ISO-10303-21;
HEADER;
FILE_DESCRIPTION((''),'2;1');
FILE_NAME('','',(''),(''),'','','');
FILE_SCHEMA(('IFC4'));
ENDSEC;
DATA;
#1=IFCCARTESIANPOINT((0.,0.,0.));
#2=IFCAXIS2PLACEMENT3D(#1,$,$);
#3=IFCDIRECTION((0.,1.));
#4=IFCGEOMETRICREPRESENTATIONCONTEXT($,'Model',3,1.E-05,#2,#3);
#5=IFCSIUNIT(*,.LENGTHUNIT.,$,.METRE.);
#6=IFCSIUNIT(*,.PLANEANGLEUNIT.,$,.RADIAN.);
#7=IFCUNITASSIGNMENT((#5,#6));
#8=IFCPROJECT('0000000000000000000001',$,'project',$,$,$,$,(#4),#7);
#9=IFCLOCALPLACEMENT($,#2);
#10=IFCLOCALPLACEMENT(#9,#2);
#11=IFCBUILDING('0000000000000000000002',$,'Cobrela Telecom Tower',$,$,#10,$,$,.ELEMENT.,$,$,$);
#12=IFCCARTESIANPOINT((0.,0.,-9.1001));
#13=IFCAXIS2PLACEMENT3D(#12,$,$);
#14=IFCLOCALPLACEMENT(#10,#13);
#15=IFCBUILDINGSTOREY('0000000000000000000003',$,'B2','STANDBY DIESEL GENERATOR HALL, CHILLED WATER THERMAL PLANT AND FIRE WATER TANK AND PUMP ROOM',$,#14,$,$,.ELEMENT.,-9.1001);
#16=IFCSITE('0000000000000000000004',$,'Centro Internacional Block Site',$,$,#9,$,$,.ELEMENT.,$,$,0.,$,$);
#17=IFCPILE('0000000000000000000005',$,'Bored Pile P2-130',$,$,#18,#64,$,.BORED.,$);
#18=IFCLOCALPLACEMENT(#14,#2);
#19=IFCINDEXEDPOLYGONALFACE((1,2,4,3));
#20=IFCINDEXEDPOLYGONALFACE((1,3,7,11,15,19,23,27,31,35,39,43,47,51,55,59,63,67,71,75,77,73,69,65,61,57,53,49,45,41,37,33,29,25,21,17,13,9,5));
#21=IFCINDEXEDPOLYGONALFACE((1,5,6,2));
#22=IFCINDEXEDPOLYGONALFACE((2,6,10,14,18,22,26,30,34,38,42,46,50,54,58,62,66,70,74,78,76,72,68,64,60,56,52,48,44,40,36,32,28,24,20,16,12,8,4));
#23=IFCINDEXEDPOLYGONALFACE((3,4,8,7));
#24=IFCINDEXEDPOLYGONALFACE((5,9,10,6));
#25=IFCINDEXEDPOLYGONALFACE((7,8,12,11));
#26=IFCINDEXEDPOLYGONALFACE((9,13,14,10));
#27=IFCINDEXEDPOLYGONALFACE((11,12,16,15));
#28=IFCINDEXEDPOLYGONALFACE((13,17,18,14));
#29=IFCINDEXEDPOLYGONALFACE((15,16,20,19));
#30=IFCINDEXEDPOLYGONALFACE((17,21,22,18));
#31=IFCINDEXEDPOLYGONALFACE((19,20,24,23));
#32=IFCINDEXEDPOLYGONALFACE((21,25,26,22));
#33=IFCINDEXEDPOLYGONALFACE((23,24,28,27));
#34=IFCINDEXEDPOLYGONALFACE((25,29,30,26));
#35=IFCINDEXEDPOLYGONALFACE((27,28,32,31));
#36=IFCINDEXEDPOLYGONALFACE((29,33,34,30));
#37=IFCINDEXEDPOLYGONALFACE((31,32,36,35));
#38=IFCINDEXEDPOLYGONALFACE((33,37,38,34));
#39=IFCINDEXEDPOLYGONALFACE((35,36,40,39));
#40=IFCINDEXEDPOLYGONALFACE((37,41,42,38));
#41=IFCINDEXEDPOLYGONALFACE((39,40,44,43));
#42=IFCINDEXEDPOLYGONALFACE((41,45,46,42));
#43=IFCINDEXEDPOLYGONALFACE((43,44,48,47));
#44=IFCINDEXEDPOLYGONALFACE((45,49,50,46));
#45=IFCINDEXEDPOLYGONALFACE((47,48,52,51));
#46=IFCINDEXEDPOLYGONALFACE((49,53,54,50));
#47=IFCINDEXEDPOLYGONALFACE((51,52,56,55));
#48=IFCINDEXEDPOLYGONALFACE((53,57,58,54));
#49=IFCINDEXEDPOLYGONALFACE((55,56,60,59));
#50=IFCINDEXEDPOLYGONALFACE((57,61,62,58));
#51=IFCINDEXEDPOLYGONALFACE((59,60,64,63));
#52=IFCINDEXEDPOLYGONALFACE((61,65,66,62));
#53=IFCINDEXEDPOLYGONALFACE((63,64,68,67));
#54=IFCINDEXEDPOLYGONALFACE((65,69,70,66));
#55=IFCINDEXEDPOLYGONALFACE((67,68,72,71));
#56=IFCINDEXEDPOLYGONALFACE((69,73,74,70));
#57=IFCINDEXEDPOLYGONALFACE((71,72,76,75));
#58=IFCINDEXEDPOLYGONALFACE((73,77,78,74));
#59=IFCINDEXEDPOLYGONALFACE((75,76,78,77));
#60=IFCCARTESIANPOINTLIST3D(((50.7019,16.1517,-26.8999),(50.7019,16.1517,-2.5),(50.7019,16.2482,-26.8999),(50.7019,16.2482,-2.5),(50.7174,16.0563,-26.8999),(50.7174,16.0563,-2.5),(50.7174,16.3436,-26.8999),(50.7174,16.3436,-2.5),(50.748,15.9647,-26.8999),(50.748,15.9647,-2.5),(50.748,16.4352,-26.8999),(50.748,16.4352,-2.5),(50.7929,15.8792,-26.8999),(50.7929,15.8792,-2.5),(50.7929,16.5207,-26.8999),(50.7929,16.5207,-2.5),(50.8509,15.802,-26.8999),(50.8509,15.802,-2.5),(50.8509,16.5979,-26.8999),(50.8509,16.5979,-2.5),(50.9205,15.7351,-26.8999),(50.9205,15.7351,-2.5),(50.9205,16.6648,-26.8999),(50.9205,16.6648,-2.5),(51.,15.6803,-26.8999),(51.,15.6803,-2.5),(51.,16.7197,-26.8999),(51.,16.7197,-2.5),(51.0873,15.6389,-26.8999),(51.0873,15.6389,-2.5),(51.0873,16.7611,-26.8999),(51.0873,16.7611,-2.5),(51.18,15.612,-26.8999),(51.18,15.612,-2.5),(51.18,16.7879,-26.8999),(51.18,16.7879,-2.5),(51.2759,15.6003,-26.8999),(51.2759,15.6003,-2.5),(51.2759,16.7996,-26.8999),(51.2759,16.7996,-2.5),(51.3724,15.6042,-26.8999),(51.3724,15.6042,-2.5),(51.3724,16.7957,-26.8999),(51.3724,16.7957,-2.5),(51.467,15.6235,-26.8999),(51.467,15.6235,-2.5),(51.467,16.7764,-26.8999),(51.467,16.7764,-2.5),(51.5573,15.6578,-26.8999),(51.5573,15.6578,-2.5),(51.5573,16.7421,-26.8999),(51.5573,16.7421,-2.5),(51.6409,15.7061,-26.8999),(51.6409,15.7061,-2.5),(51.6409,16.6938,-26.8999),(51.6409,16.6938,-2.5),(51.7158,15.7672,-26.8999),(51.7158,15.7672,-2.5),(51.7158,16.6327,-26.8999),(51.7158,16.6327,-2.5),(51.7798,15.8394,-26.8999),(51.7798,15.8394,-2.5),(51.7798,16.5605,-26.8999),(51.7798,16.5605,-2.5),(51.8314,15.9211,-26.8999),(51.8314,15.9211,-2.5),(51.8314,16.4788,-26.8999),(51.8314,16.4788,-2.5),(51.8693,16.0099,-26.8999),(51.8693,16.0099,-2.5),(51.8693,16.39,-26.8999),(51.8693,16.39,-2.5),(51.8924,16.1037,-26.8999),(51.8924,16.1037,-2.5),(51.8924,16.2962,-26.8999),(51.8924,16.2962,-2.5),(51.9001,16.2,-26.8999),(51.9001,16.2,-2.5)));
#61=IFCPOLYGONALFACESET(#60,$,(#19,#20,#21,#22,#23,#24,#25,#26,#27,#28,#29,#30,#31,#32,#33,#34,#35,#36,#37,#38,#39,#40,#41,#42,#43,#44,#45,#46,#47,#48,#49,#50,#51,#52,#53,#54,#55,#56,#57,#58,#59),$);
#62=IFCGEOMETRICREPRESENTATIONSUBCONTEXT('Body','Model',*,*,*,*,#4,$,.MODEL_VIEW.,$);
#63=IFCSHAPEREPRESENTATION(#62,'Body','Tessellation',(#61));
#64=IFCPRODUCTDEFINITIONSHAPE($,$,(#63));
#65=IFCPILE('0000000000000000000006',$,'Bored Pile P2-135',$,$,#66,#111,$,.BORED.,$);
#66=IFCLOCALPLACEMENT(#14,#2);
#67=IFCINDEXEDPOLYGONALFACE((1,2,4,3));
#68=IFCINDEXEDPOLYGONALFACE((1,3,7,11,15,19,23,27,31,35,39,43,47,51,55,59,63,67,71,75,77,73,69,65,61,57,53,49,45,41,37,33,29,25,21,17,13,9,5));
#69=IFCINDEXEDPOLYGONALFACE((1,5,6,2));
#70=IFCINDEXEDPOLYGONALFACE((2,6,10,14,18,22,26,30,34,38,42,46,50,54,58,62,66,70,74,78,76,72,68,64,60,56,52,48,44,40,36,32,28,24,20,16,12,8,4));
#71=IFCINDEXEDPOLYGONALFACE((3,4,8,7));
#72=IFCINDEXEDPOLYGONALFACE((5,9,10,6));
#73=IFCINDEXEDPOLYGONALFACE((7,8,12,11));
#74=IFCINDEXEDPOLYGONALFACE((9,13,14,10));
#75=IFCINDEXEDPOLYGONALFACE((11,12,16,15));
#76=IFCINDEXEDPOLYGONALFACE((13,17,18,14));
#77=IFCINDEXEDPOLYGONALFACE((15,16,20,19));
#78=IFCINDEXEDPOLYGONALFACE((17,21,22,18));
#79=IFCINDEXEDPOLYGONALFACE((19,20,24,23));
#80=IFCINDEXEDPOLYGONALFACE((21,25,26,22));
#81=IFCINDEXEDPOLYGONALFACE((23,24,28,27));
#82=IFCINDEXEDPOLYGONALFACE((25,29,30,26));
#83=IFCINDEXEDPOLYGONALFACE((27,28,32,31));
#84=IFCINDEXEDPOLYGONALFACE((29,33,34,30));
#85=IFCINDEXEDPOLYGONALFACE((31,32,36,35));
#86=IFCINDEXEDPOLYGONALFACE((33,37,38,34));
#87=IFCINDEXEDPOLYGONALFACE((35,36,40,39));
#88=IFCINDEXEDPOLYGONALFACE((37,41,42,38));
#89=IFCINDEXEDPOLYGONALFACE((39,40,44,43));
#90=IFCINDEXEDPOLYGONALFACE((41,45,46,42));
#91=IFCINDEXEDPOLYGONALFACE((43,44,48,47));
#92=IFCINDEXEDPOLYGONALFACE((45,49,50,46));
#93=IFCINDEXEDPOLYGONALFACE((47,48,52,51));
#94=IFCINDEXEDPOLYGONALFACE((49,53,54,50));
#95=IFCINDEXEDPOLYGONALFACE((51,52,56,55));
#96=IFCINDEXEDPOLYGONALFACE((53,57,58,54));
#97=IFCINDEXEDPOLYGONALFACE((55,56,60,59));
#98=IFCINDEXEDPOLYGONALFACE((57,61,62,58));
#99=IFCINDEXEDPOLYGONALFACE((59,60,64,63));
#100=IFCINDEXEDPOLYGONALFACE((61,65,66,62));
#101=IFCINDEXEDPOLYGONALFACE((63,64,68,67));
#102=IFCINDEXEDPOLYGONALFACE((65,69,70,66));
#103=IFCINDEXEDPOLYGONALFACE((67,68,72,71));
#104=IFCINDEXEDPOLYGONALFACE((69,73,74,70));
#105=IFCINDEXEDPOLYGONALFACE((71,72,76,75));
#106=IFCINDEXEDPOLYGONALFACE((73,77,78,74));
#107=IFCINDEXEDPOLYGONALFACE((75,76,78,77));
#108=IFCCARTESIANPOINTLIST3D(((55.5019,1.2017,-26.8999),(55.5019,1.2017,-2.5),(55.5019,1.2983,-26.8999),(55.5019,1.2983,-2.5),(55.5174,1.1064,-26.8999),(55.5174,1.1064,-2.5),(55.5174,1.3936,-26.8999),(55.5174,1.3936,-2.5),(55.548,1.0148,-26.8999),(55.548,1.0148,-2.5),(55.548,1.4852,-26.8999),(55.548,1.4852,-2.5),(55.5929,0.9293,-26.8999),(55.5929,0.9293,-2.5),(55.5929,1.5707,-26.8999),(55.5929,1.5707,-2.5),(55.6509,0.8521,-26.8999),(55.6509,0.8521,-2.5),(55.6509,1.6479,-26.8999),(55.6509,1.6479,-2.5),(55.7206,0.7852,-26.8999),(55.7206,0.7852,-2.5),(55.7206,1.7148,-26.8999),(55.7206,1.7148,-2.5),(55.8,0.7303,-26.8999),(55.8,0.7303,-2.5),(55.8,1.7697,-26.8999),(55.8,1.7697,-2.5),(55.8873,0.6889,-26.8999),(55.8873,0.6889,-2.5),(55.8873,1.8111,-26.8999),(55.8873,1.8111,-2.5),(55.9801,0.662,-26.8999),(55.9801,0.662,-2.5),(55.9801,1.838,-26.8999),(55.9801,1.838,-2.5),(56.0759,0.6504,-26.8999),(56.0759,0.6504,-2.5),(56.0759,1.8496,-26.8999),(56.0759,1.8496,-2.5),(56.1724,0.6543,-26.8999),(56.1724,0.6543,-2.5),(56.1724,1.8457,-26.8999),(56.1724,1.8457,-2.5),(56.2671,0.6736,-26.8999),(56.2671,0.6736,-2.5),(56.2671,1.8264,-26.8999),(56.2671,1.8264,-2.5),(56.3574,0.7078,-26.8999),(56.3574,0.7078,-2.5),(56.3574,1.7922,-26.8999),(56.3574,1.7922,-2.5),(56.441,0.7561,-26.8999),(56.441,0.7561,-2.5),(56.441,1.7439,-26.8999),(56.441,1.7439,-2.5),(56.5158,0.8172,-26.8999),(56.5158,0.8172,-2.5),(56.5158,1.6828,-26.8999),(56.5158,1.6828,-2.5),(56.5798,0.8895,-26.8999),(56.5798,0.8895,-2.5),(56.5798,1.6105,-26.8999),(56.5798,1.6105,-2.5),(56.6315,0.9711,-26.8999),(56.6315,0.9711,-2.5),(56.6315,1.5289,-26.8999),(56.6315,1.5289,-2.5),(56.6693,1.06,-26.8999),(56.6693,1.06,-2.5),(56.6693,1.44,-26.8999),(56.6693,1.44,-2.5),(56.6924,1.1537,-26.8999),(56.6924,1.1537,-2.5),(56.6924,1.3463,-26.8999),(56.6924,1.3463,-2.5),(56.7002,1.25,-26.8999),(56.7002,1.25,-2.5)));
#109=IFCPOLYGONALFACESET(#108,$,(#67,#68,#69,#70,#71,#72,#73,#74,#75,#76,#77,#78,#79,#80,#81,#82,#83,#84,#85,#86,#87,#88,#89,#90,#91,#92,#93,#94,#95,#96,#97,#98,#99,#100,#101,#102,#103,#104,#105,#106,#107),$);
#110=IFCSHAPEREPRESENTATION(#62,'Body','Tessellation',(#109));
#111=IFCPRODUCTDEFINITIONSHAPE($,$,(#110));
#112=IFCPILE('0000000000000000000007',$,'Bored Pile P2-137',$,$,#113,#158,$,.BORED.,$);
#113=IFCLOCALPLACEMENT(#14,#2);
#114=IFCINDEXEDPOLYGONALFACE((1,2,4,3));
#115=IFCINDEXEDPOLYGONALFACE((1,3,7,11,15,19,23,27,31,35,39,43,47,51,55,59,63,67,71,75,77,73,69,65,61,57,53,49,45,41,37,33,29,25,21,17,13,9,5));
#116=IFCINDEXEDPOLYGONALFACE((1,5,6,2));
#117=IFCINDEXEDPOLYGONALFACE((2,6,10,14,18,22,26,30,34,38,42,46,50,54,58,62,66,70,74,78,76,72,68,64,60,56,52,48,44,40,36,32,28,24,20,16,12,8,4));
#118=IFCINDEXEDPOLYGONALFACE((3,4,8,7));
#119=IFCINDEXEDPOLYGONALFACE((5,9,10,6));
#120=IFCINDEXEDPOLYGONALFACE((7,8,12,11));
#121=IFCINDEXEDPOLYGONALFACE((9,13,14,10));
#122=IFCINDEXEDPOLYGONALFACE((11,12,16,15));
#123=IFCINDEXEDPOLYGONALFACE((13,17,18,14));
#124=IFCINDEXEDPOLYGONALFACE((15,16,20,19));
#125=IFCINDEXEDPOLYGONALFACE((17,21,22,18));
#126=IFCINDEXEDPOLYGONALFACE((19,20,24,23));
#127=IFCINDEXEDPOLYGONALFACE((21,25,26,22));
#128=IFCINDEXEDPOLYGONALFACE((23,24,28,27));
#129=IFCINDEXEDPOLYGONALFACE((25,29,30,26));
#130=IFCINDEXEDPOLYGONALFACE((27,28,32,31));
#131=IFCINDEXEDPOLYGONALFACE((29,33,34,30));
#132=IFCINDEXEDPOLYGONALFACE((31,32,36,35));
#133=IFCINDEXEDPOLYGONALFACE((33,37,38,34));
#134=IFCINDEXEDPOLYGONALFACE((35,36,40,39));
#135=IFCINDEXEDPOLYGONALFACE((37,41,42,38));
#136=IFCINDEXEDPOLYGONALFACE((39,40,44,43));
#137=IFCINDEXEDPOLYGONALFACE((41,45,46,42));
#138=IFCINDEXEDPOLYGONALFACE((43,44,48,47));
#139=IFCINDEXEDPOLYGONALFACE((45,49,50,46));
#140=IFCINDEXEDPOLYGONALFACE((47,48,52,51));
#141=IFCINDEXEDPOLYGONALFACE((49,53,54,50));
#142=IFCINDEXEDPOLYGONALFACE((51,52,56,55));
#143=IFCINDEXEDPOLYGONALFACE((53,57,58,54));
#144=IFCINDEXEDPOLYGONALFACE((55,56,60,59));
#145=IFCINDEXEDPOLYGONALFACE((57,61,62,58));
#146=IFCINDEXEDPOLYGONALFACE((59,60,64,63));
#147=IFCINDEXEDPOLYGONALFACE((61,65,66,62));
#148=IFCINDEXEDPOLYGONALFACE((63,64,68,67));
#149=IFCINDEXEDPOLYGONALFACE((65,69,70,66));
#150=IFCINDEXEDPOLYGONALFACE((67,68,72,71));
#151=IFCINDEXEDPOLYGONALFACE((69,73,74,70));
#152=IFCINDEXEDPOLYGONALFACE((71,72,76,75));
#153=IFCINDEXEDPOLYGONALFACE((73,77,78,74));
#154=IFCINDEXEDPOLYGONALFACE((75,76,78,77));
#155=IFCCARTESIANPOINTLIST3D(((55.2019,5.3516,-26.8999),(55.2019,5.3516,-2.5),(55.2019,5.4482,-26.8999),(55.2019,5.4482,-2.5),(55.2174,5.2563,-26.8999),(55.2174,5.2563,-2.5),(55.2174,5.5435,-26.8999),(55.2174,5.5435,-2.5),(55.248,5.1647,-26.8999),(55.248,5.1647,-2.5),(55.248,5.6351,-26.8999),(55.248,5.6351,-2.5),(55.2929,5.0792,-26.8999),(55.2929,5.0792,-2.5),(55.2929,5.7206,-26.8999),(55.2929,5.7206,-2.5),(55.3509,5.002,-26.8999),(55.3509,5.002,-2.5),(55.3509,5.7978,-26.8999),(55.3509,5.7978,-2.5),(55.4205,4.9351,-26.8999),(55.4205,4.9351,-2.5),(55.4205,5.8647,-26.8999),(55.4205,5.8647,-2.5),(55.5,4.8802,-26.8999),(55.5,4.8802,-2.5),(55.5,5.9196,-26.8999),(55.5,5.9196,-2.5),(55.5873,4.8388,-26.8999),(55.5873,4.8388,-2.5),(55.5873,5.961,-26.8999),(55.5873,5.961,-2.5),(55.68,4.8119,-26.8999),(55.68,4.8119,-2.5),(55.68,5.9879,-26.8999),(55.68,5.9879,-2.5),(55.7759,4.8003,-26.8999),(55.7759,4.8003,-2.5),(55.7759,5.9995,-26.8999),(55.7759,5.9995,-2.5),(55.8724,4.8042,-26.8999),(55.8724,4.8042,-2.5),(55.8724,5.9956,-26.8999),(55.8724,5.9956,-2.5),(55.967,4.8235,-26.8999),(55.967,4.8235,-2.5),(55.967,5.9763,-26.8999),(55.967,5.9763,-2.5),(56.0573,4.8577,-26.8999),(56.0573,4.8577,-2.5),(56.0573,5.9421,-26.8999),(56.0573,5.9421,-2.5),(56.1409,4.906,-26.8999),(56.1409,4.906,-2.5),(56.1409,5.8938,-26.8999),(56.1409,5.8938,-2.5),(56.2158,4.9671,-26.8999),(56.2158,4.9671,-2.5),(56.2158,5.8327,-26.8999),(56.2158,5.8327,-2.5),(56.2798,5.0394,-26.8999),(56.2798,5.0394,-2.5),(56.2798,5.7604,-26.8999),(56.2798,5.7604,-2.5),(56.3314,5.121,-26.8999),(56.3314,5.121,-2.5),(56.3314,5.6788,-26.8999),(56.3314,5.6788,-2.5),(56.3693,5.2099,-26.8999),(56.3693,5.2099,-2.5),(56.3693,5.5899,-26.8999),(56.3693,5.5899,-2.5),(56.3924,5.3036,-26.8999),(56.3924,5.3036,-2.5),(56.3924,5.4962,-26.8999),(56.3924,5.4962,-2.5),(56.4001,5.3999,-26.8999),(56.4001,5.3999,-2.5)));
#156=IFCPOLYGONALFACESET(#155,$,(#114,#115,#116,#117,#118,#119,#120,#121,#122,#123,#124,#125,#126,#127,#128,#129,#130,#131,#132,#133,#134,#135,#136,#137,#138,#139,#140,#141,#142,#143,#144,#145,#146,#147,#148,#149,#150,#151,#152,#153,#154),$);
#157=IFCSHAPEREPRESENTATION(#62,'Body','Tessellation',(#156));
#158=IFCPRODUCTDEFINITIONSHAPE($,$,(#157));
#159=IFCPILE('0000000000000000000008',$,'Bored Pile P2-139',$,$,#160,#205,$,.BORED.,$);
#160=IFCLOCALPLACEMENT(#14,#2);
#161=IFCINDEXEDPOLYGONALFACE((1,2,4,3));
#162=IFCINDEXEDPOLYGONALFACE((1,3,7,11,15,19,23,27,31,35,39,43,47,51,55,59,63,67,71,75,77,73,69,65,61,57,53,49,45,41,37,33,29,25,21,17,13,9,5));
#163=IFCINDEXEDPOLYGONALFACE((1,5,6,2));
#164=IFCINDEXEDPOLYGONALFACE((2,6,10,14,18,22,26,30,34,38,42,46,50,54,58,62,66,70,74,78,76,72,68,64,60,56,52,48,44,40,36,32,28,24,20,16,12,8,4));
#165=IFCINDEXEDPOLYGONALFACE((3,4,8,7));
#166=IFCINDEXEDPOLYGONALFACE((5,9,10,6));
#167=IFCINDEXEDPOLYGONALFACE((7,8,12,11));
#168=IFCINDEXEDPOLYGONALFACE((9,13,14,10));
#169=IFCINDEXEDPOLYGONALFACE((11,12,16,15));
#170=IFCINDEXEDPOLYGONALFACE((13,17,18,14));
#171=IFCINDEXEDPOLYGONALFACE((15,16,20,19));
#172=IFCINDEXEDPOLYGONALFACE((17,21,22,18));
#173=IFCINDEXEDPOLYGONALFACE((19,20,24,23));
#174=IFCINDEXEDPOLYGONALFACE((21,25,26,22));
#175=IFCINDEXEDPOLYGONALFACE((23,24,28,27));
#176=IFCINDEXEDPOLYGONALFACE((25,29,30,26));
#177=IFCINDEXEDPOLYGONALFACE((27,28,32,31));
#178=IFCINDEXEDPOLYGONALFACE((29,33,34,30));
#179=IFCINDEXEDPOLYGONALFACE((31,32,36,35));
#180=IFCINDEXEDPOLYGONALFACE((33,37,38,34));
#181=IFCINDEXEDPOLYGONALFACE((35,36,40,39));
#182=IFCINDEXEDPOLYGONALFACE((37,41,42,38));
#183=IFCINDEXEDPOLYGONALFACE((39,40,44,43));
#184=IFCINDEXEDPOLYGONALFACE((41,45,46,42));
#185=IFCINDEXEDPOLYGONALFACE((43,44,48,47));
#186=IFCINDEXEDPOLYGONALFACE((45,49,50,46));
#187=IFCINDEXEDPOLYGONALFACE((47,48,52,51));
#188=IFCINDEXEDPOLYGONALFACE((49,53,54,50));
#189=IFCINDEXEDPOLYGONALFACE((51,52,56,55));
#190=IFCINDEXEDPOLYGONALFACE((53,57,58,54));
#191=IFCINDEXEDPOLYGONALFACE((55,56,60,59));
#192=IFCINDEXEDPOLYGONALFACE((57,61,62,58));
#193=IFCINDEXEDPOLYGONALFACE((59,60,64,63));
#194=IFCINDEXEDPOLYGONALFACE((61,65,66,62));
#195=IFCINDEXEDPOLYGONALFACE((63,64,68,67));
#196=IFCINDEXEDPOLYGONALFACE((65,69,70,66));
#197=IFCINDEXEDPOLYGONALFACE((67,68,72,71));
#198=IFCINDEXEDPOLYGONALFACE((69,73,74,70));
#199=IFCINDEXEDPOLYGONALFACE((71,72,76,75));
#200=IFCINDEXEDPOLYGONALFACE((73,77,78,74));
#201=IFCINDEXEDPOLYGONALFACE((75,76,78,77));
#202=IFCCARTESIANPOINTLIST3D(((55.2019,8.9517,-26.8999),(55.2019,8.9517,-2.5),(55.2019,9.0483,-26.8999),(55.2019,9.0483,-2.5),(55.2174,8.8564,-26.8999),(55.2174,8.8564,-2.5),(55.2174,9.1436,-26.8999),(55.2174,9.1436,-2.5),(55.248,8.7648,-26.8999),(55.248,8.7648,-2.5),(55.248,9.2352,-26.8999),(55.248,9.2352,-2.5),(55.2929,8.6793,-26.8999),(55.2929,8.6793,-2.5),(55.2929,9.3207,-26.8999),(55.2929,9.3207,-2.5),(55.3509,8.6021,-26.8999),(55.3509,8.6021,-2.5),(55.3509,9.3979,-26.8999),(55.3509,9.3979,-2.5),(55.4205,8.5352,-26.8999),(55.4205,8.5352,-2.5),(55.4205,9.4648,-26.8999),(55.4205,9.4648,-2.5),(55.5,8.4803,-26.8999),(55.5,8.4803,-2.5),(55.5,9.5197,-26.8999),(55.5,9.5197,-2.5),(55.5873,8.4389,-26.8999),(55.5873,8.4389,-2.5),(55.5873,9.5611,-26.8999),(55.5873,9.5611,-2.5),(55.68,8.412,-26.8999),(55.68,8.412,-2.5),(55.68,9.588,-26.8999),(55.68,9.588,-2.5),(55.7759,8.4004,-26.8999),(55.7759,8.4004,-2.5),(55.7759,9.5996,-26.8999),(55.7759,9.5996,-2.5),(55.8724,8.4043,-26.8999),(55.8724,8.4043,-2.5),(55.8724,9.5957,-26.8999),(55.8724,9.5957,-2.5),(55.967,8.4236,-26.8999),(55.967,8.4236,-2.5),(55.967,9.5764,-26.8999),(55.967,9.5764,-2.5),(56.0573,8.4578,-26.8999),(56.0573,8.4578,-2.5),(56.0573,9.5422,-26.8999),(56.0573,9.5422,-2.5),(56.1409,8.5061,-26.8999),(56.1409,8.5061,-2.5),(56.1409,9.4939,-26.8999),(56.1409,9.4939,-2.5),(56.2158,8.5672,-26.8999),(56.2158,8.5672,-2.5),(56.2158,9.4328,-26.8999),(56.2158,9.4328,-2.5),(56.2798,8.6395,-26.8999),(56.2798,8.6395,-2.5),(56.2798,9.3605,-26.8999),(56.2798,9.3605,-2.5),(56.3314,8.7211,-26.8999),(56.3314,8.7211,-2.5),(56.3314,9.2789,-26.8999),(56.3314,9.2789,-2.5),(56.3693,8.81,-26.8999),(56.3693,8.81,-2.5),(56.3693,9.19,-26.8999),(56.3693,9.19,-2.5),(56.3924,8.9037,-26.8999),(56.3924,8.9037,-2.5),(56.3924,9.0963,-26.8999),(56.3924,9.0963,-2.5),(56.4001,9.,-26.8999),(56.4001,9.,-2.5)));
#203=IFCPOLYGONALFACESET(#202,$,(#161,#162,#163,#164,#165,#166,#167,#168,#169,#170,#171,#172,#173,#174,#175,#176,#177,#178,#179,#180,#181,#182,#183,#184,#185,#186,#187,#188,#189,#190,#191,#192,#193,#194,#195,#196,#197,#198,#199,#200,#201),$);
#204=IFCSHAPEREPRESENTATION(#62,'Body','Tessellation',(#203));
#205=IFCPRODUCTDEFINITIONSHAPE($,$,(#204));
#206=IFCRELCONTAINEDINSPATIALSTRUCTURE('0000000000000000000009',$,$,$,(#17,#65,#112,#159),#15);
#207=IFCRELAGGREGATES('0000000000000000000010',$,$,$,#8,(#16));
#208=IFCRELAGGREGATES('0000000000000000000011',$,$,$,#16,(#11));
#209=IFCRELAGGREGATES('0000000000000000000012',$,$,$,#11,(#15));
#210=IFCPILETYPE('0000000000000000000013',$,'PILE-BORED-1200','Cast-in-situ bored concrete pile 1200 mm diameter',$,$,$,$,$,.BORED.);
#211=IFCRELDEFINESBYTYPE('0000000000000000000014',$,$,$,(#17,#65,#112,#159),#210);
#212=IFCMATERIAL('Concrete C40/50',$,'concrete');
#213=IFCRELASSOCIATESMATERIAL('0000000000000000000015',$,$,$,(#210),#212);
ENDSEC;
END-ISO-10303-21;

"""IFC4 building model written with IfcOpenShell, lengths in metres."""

from ifc_helpers import new_model, si_unit, direction, frame, origin, origin_2d, place, context, subcontext, project, spatial, circle, extrude, material, material_profile, profile_set, type_object, element, save


model = new_model("IFC4")

# Units and contexts
model_context = context("Model", 3, precision=1e-05, world=origin(), true_north=direction((0.0, 1.0)))
body_context = subcontext(model_context, "Body", "Model", "MODEL_VIEW")
ifc_project = project(units=[si_unit("LENGTHUNIT", "METRE"), si_unit("PLANEANGLEUNIT", "RADIAN")], contexts=[model_context])

# Site, building, storey
site_placement = place(None, origin())
site = spatial("IfcSite", under=ifc_project, at=site_placement, Name="Centro Internacional Block Site", CompositionType="ELEMENT", RefElevation=0.0)
building_placement = place(site_placement, origin())
building = spatial("IfcBuilding", under=site, at=building_placement, Name="Cobrela Telecom Tower", CompositionType="ELEMENT")
storey_placement = place(building_placement, frame((0.0, 0.0, -9.1001)))
storey = spatial("IfcBuildingStorey", under=building, at=storey_placement, Name="B2", Description="STANDBY DIESEL GENERATOR HALL, CHILLED WATER THERMAL PLANT AND FIRE WATER TANK AND PUMP ROOM", CompositionType="ELEMENT", Elevation=-9.1001)

# Shared definitions
ifc_material_1 = material(Name="Concrete C40/50", Category="concrete")

# Piles
ifc_material_profile_1 = material_profile(ifc_material_1, circle(Radius=0.6001, at=origin_2d()), Name="BORED PILE D1200")
ifc_profile_set_1 = profile_set([ifc_material_profile_1], Name="Concrete C40/50")
pile_type = type_object("IfcPileType", Name="PILE-BORED-1200", Description="Cast-in-situ bored concrete pile 1200 mm diameter", PredefinedType="BORED", material=ifc_profile_set_1)
for number, where, z_axis, x_axis, name in (
    (1, (51.3, 16.2, -2.5), (0.0, 0.0, -1.0), (1.0, 0.0, 0.0), "Bored Pile P2-130"),
    (2, (56.1001, 1.25, -2.5), (0.0, 0.0, -1.0), (1.0, 0.0, 0.0), "Bored Pile P2-135"),
    (3, (55.8, 5.3999, -2.5), (0.0, 0.0, -1.0), (1.0, 0.0, 0.0), "Bored Pile P2-137"),
    (4, (55.8, 9.0, -2.5), (0.0, 0.0, -1.0), (1.0, 0.0, 0.0), "Bored Pile P2-139"),
):
    element("IfcPile", number, at=place(storey_placement, frame(where, z_axis=z_axis, x_axis=x_axis)), inside=storey, type_object=pile_type, Name=name, PredefinedType="BORED", context=body_context, shape_type="SweptSolid", body=[
        extrude(circle(Radius=0.6001, at=origin_2d()), origin(), (0.0, 0.0, 1.0), 24.3999),
    ])

save(model, "model.ifc")
